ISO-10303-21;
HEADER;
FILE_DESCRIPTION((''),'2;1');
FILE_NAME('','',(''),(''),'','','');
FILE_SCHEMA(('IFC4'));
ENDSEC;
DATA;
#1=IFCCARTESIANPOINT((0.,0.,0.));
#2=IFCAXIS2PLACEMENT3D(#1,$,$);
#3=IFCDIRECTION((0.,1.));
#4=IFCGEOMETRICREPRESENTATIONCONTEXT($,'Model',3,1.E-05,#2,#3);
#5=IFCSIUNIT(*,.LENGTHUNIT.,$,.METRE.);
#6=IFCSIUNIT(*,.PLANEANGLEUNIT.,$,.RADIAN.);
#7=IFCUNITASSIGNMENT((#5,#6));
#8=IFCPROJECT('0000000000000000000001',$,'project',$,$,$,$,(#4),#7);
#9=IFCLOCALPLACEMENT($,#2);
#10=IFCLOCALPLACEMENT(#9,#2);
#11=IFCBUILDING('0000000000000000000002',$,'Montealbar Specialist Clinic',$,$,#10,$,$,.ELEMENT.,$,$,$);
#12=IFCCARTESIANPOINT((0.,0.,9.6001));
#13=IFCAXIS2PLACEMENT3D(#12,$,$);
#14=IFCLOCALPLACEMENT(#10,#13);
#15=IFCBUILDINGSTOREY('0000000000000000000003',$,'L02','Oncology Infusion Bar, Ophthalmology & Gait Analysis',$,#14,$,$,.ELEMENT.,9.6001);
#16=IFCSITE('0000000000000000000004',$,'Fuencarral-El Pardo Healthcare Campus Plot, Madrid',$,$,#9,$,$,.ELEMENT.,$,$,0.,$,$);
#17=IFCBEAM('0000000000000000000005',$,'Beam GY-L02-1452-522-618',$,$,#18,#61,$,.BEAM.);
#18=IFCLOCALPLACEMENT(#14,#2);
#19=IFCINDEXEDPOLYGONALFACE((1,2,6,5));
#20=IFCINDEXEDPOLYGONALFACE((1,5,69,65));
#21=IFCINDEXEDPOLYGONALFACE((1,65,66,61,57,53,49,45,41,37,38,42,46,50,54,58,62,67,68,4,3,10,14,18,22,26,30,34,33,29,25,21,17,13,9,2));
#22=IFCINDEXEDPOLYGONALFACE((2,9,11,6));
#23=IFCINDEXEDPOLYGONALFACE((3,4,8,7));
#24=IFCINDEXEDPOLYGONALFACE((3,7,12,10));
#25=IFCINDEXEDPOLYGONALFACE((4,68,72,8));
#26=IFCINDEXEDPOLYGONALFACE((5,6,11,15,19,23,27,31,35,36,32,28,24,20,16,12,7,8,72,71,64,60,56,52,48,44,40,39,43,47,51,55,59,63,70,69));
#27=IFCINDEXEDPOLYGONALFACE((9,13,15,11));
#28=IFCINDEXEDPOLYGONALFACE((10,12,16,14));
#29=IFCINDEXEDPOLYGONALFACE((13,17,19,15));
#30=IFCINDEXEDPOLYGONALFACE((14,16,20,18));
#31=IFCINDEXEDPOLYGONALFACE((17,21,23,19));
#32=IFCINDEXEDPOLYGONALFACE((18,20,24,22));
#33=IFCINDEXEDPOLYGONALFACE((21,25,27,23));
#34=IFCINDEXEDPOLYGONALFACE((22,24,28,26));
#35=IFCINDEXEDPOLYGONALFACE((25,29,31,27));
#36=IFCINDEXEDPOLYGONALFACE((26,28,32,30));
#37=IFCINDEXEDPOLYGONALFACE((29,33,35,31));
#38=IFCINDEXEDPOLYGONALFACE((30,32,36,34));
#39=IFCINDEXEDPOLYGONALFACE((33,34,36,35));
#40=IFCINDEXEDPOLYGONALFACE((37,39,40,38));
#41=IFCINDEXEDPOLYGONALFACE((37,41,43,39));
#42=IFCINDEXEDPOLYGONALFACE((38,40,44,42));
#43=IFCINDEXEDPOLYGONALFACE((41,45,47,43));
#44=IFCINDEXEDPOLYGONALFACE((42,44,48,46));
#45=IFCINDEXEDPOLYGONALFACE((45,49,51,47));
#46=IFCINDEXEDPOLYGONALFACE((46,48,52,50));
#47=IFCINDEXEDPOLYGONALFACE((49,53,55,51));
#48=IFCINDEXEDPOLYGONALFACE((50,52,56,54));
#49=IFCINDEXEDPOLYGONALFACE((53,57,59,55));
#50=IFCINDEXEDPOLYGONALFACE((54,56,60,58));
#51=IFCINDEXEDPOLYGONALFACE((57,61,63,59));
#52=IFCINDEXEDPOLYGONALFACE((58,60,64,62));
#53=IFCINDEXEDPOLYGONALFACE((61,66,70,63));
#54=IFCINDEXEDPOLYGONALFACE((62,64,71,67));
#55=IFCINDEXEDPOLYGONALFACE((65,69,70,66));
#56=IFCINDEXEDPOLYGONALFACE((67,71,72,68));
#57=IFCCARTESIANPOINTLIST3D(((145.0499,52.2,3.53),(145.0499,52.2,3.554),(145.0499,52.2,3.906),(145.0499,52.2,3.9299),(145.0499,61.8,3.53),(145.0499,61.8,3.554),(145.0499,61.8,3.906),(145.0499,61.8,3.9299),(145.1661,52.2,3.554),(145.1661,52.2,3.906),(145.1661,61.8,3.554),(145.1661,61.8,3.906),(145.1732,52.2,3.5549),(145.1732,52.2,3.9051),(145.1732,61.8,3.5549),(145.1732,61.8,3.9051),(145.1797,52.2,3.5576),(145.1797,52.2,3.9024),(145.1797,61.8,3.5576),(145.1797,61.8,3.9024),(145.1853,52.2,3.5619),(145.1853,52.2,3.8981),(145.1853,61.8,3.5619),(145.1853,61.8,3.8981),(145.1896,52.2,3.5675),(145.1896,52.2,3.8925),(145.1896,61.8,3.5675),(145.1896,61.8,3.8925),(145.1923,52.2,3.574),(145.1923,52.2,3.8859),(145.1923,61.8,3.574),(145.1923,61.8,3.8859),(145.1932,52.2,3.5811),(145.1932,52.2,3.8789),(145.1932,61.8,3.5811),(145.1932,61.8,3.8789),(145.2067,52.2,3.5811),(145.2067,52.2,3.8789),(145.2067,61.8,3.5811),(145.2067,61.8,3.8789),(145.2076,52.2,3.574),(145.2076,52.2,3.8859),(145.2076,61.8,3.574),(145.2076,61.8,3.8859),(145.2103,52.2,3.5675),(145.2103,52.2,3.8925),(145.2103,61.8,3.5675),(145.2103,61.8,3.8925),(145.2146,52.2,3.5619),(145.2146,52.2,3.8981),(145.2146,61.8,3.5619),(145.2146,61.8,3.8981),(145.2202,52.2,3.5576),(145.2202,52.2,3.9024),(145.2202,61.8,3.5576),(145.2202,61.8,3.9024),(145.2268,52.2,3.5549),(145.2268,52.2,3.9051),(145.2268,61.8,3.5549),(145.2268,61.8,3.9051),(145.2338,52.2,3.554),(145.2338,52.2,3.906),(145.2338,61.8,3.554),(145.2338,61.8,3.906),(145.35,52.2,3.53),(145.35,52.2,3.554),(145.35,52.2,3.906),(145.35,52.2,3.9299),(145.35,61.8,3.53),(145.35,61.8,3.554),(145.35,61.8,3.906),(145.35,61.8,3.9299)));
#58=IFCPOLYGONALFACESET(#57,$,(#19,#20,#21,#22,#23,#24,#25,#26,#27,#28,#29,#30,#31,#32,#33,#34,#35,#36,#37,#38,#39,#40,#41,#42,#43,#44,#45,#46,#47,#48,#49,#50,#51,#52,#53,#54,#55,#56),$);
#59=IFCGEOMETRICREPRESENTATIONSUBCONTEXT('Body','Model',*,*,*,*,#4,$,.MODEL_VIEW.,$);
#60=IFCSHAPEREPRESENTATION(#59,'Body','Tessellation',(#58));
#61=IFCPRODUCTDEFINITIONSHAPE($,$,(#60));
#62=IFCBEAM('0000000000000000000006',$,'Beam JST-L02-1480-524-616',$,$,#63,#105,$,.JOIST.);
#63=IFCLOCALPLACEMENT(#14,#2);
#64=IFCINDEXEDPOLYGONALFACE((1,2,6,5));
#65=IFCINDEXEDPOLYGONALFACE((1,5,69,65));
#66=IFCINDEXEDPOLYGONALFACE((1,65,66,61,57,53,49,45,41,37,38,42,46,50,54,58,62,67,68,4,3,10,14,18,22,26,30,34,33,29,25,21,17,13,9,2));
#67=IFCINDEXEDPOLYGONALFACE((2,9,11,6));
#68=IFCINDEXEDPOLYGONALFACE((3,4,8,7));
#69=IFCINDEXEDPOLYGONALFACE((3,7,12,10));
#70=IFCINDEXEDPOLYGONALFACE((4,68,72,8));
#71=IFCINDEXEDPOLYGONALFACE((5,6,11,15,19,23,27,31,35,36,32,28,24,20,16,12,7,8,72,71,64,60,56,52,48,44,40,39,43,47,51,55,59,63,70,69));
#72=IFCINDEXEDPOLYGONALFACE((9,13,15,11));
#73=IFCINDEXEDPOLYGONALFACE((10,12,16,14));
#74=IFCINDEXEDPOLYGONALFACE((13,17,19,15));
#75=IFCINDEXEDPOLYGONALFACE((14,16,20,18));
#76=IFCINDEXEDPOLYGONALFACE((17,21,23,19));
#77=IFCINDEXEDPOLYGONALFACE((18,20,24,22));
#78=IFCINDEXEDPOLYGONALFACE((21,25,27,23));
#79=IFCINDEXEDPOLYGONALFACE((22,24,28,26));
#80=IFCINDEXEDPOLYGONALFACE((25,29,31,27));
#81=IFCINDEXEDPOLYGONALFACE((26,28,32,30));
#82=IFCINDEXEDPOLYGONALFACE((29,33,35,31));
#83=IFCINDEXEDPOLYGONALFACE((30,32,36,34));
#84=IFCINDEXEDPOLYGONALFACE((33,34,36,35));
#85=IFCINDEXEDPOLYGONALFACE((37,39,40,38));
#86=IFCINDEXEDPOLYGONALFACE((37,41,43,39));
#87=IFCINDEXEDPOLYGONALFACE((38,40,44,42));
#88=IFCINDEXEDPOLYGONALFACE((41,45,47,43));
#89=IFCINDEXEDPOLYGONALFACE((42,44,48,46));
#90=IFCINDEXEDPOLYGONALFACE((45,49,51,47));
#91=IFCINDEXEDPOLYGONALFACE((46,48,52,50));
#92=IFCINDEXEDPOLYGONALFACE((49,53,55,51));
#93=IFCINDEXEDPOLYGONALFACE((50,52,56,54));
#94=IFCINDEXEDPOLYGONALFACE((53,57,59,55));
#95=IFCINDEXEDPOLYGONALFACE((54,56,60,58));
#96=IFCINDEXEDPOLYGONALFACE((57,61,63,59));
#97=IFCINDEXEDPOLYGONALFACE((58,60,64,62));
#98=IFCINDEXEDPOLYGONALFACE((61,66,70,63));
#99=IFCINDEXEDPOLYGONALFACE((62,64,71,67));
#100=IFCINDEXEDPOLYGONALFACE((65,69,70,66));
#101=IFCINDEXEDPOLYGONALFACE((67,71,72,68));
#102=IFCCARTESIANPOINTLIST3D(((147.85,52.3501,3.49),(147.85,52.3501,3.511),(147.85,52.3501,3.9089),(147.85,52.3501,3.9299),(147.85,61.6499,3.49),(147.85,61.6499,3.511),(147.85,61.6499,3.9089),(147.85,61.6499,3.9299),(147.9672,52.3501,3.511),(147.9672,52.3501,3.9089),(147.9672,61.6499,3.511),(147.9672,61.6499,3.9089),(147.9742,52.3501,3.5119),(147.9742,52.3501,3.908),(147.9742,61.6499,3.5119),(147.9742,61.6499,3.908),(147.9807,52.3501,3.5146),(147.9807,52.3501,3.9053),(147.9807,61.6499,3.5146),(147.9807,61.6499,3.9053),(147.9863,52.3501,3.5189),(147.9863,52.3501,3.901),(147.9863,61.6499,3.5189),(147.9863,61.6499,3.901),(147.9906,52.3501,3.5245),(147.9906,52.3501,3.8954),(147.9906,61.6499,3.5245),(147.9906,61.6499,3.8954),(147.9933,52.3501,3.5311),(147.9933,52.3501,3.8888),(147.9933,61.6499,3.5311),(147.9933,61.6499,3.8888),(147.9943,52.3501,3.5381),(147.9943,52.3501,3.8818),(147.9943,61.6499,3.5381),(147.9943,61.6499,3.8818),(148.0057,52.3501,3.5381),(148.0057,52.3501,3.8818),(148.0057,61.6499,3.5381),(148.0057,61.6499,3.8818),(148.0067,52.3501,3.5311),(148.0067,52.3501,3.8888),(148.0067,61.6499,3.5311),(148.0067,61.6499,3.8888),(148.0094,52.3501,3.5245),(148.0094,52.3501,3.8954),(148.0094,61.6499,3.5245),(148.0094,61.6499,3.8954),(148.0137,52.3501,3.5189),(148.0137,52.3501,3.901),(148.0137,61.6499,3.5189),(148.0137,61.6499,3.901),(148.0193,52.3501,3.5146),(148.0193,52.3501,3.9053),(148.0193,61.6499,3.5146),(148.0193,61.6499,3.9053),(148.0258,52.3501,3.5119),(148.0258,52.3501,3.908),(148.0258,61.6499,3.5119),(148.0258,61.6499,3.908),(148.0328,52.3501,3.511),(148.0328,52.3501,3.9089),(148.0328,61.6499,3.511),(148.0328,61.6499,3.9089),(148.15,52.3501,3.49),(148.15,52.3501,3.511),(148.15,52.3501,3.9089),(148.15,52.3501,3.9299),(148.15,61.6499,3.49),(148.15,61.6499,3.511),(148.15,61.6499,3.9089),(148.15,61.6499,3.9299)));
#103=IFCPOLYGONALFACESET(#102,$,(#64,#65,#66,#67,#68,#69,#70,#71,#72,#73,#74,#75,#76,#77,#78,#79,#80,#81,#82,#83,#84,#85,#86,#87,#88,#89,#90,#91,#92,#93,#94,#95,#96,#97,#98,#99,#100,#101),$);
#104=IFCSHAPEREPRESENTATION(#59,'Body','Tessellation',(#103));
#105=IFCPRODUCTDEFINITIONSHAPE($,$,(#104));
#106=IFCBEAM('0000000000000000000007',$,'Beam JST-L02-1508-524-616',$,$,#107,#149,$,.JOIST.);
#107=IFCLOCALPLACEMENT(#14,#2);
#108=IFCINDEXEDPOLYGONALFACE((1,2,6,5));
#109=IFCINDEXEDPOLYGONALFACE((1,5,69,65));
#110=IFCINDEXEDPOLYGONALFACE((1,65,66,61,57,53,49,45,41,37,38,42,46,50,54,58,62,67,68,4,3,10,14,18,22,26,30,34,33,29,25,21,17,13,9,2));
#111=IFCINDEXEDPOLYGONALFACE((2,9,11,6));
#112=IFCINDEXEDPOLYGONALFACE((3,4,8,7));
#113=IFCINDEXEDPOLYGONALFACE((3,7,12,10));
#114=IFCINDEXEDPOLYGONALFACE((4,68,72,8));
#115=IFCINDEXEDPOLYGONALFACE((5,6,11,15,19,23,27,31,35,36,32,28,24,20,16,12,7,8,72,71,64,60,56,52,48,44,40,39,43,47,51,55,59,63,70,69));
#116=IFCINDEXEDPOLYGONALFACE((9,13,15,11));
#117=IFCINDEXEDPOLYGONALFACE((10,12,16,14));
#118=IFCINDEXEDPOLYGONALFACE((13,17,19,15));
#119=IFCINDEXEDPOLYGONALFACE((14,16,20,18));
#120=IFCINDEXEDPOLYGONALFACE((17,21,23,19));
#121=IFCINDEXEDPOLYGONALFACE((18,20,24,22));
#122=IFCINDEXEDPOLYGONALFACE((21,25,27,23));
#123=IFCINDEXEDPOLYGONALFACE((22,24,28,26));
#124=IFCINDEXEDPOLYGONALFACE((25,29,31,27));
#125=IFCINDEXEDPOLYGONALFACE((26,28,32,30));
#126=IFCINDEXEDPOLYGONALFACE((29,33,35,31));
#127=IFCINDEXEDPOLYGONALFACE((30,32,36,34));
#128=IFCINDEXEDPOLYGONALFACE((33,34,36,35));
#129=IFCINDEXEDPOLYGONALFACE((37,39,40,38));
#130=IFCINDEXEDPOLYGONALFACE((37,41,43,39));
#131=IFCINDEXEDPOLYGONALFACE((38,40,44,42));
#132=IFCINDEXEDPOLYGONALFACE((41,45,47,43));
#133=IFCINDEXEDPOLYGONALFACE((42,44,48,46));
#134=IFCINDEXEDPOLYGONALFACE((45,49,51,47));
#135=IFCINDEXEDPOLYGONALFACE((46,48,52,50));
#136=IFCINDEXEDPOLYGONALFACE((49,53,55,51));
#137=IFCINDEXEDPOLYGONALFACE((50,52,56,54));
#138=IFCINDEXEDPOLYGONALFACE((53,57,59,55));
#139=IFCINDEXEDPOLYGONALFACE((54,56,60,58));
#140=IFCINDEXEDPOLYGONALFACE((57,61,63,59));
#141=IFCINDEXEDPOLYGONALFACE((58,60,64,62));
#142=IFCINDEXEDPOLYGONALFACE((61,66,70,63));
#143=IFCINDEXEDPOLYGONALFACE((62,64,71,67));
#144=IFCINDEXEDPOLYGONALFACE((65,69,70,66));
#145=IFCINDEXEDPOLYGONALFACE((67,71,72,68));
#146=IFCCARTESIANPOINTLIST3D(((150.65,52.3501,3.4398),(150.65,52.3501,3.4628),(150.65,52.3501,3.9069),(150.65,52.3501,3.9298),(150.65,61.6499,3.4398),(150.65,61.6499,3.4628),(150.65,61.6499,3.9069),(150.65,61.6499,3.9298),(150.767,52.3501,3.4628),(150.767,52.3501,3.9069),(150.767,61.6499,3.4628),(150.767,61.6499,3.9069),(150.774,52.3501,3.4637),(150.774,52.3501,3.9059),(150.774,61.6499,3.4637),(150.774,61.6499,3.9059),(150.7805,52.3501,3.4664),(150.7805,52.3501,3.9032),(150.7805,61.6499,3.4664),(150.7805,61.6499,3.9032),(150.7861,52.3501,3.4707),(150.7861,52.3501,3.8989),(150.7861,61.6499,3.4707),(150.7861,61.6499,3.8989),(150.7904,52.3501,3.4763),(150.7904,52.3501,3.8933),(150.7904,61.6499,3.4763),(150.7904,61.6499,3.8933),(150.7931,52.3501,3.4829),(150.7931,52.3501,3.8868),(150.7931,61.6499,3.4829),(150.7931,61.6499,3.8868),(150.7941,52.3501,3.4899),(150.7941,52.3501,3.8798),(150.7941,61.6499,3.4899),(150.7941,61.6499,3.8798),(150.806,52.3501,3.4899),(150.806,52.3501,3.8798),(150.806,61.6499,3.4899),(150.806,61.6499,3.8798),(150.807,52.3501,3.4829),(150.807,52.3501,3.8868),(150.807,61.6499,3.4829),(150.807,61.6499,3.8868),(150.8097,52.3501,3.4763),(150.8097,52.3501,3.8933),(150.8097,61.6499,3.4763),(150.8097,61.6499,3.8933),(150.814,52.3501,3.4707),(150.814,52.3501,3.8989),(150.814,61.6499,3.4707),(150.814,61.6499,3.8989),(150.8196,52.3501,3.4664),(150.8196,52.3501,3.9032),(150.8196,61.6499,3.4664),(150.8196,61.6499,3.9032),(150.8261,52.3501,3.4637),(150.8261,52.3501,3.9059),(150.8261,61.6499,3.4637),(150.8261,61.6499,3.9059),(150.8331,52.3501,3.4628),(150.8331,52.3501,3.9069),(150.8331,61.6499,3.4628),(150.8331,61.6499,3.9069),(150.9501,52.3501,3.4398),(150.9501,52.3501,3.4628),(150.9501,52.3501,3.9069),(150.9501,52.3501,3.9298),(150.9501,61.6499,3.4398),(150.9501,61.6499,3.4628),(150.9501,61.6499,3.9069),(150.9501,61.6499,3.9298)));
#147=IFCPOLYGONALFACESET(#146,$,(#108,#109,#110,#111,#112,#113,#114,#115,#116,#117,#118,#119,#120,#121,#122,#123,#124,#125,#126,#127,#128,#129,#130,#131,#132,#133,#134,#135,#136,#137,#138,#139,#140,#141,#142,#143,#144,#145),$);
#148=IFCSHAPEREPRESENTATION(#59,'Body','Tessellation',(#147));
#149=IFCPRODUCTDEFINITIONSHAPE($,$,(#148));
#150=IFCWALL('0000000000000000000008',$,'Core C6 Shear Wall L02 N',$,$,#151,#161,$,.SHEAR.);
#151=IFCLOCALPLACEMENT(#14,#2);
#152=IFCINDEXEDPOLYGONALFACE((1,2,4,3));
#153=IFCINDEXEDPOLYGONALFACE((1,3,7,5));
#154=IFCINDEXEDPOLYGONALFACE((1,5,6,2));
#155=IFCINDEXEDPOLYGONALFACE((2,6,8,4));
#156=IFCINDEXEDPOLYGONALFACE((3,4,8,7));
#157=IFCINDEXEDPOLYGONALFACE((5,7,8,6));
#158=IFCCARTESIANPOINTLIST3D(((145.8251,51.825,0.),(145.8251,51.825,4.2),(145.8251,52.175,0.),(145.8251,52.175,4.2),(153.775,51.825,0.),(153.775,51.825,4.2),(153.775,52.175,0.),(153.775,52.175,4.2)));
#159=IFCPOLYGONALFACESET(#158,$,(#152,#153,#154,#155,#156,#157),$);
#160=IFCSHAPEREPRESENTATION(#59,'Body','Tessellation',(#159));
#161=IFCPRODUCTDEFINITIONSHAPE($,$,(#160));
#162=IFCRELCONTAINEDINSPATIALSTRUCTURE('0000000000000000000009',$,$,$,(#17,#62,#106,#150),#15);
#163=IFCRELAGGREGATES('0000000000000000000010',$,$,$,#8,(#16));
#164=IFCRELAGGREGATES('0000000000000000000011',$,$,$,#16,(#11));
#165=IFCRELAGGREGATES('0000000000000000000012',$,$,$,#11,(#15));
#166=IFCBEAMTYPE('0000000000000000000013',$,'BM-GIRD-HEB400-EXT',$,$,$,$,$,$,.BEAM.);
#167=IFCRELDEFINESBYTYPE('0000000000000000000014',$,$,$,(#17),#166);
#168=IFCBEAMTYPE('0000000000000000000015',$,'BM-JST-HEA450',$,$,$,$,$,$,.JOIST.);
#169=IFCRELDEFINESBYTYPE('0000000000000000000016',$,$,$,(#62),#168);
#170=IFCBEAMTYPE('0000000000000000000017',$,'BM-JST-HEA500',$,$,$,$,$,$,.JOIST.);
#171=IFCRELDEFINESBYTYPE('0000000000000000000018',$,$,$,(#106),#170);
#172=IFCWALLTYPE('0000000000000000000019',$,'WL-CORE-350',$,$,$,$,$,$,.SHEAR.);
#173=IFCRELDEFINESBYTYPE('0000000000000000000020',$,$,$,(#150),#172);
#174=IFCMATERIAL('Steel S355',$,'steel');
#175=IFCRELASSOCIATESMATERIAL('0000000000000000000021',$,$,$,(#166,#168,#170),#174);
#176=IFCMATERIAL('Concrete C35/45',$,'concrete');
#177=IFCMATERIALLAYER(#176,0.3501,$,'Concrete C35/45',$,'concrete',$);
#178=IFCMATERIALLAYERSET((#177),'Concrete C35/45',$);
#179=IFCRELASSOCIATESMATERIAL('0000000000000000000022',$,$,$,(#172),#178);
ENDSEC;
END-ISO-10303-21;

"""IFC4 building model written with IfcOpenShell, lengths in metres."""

from ifc_helpers import new_model, si_unit, direction, frame, frame_2d, origin, origin_2d, place, context, subcontext, project, spatial, rectangle, i_section, extrude, material, layer, layer_set, material_profile, profile_set, type_object, element, save


model = new_model("IFC4")

# Units and contexts
model_context = context("Model", 3, precision=1e-05, world=origin(), true_north=direction((0.0, 1.0)))
body_context = subcontext(model_context, "Body", "Model", "MODEL_VIEW")
ifc_project = project(units=[si_unit("LENGTHUNIT", "METRE"), si_unit("PLANEANGLEUNIT", "RADIAN")], contexts=[model_context])

# Site, building, storey
site_placement = place(None, origin())
site = spatial("IfcSite", under=ifc_project, at=site_placement, Name="Fuencarral-El Pardo Healthcare Campus Plot, Madrid", CompositionType="ELEMENT", RefElevation=0.0)
building_placement = place(site_placement, origin())
building = spatial("IfcBuilding", under=site, at=building_placement, Name="Montealbar Specialist Clinic", CompositionType="ELEMENT")
storey_placement = place(building_placement, frame((0.0, 0.0, 9.6001)))
storey = spatial("IfcBuildingStorey", under=building, at=storey_placement, Name="L02", Description="Oncology Infusion Bar, Ophthalmology & Gait Analysis", CompositionType="ELEMENT", Elevation=9.6001)

# Shared definitions
ifc_material_1 = material(Name="Steel S355", Category="steel")

# Beams
ifc_material_profile_1 = material_profile(ifc_material_1, i_section(OverallWidth=0.3, OverallDepth=0.3999, WebThickness=0.0134, FlangeThickness=0.0239, FilletRadius=0.0271, at=origin_2d()), Name="HEB 400", Category="steel")
ifc_profile_set_1 = profile_set([ifc_material_profile_1], Name="Steel S355")
beam_type_1 = type_object("IfcBeamType", Name="BM-GIRD-HEB400-EXT", PredefinedType="BEAM", material=ifc_profile_set_1)
beam_1_placement = place(storey_placement, frame((145.2, 52.2, 3.73), z_axis=(0.0, 1.0, 0.0), x_axis=(-1.0, 0.0, 0.0)))
element("IfcBeam", 1, at=beam_1_placement, inside=storey, type_object=beam_type_1, Name="Beam GY-L02-1452-522-618", PredefinedType="BEAM", context=body_context, shape_type="SweptSolid", body=[
    extrude(i_section(OverallWidth=0.3, OverallDepth=0.3999, WebThickness=0.0134, FlangeThickness=0.0239, FilletRadius=0.0271, at=origin_2d()), origin(), (0.0, 0.0, 1.0), 9.6001),
])
ifc_material_profile_2 = material_profile(ifc_material_1, i_section(OverallWidth=0.3, OverallDepth=0.4399, WebThickness=0.0115, FlangeThickness=0.021, FilletRadius=0.0271, at=origin_2d()), Name="HEA 450", Category="steel")
ifc_profile_set_2 = profile_set([ifc_material_profile_2], Name="Steel S355")
beam_type_2 = type_object("IfcBeamType", Name="BM-JST-HEA450", PredefinedType="JOIST", material=ifc_profile_set_2)
beam_2_placement = place(storey_placement, frame((148.0, 52.3501, 3.71), z_axis=(0.0, 1.0, 0.0), x_axis=(-1.0, 0.0, 0.0)))
element("IfcBeam", 2, at=beam_2_placement, inside=storey, type_object=beam_type_2, Name="Beam JST-L02-1480-524-616", PredefinedType="JOIST", context=body_context, shape_type="SweptSolid", body=[
    extrude(i_section(OverallWidth=0.3, OverallDepth=0.4399, WebThickness=0.0115, FlangeThickness=0.021, FilletRadius=0.0271, at=origin_2d()), origin(), (0.0, 0.0, 1.0), 9.2998),
])
ifc_material_profile_3 = material_profile(ifc_material_1, i_section(OverallWidth=0.3, OverallDepth=0.49, WebThickness=0.012, FlangeThickness=0.0229, FilletRadius=0.0271, at=origin_2d()), Name="HEA 500", Category="steel")
ifc_profile_set_3 = profile_set([ifc_material_profile_3], Name="Steel S355")
beam_type_3 = type_object("IfcBeamType", Name="BM-JST-HEA500", PredefinedType="JOIST", material=ifc_profile_set_3)
beam_3_placement = place(storey_placement, frame((150.8, 52.3501, 3.6848), z_axis=(0.0, 1.0, 0.0), x_axis=(-1.0, 0.0, 0.0)))
element("IfcBeam", 3, at=beam_3_placement, inside=storey, type_object=beam_type_3, Name="Beam JST-L02-1508-524-616", PredefinedType="JOIST", context=body_context, shape_type="SweptSolid", body=[
    extrude(i_section(OverallWidth=0.3, OverallDepth=0.49, WebThickness=0.012, FlangeThickness=0.0229, FilletRadius=0.0271, at=origin_2d()), origin(), (0.0, 0.0, 1.0), 9.2998),
])

# Wall
ifc_material_2 = material(Name="Concrete C35/45", Category="concrete")
ifc_layer_1 = layer(ifc_material_2, 0.3501, Name="Concrete C35/45", Category="concrete")
ifc_layer_set_1 = layer_set([ifc_layer_1], Name="Concrete C35/45")
wall_type_1 = type_object("IfcWallType", Name="WL-CORE-350", PredefinedType="SHEAR", material=ifc_layer_set_1)
wall_1_placement = place(storey_placement, frame((145.825, 52.0, 0.0), z_axis=(0.0, 0.0, 1.0), x_axis=(1.0, 0.0, 0.0)))
element("IfcWall", 4, at=wall_1_placement, inside=storey, type_object=wall_type_1, Name="Core C6 Shear Wall L02 N", PredefinedType="SHEAR", context=body_context, shape_type="SweptSolid", body=[
    extrude(rectangle(XDim=7.95, YDim=0.3501, at=frame_2d((3.9751, 0.0))), origin(), (0.0, 0.0, 1.0), 4.2),
])

save(model, "model.ifc")
